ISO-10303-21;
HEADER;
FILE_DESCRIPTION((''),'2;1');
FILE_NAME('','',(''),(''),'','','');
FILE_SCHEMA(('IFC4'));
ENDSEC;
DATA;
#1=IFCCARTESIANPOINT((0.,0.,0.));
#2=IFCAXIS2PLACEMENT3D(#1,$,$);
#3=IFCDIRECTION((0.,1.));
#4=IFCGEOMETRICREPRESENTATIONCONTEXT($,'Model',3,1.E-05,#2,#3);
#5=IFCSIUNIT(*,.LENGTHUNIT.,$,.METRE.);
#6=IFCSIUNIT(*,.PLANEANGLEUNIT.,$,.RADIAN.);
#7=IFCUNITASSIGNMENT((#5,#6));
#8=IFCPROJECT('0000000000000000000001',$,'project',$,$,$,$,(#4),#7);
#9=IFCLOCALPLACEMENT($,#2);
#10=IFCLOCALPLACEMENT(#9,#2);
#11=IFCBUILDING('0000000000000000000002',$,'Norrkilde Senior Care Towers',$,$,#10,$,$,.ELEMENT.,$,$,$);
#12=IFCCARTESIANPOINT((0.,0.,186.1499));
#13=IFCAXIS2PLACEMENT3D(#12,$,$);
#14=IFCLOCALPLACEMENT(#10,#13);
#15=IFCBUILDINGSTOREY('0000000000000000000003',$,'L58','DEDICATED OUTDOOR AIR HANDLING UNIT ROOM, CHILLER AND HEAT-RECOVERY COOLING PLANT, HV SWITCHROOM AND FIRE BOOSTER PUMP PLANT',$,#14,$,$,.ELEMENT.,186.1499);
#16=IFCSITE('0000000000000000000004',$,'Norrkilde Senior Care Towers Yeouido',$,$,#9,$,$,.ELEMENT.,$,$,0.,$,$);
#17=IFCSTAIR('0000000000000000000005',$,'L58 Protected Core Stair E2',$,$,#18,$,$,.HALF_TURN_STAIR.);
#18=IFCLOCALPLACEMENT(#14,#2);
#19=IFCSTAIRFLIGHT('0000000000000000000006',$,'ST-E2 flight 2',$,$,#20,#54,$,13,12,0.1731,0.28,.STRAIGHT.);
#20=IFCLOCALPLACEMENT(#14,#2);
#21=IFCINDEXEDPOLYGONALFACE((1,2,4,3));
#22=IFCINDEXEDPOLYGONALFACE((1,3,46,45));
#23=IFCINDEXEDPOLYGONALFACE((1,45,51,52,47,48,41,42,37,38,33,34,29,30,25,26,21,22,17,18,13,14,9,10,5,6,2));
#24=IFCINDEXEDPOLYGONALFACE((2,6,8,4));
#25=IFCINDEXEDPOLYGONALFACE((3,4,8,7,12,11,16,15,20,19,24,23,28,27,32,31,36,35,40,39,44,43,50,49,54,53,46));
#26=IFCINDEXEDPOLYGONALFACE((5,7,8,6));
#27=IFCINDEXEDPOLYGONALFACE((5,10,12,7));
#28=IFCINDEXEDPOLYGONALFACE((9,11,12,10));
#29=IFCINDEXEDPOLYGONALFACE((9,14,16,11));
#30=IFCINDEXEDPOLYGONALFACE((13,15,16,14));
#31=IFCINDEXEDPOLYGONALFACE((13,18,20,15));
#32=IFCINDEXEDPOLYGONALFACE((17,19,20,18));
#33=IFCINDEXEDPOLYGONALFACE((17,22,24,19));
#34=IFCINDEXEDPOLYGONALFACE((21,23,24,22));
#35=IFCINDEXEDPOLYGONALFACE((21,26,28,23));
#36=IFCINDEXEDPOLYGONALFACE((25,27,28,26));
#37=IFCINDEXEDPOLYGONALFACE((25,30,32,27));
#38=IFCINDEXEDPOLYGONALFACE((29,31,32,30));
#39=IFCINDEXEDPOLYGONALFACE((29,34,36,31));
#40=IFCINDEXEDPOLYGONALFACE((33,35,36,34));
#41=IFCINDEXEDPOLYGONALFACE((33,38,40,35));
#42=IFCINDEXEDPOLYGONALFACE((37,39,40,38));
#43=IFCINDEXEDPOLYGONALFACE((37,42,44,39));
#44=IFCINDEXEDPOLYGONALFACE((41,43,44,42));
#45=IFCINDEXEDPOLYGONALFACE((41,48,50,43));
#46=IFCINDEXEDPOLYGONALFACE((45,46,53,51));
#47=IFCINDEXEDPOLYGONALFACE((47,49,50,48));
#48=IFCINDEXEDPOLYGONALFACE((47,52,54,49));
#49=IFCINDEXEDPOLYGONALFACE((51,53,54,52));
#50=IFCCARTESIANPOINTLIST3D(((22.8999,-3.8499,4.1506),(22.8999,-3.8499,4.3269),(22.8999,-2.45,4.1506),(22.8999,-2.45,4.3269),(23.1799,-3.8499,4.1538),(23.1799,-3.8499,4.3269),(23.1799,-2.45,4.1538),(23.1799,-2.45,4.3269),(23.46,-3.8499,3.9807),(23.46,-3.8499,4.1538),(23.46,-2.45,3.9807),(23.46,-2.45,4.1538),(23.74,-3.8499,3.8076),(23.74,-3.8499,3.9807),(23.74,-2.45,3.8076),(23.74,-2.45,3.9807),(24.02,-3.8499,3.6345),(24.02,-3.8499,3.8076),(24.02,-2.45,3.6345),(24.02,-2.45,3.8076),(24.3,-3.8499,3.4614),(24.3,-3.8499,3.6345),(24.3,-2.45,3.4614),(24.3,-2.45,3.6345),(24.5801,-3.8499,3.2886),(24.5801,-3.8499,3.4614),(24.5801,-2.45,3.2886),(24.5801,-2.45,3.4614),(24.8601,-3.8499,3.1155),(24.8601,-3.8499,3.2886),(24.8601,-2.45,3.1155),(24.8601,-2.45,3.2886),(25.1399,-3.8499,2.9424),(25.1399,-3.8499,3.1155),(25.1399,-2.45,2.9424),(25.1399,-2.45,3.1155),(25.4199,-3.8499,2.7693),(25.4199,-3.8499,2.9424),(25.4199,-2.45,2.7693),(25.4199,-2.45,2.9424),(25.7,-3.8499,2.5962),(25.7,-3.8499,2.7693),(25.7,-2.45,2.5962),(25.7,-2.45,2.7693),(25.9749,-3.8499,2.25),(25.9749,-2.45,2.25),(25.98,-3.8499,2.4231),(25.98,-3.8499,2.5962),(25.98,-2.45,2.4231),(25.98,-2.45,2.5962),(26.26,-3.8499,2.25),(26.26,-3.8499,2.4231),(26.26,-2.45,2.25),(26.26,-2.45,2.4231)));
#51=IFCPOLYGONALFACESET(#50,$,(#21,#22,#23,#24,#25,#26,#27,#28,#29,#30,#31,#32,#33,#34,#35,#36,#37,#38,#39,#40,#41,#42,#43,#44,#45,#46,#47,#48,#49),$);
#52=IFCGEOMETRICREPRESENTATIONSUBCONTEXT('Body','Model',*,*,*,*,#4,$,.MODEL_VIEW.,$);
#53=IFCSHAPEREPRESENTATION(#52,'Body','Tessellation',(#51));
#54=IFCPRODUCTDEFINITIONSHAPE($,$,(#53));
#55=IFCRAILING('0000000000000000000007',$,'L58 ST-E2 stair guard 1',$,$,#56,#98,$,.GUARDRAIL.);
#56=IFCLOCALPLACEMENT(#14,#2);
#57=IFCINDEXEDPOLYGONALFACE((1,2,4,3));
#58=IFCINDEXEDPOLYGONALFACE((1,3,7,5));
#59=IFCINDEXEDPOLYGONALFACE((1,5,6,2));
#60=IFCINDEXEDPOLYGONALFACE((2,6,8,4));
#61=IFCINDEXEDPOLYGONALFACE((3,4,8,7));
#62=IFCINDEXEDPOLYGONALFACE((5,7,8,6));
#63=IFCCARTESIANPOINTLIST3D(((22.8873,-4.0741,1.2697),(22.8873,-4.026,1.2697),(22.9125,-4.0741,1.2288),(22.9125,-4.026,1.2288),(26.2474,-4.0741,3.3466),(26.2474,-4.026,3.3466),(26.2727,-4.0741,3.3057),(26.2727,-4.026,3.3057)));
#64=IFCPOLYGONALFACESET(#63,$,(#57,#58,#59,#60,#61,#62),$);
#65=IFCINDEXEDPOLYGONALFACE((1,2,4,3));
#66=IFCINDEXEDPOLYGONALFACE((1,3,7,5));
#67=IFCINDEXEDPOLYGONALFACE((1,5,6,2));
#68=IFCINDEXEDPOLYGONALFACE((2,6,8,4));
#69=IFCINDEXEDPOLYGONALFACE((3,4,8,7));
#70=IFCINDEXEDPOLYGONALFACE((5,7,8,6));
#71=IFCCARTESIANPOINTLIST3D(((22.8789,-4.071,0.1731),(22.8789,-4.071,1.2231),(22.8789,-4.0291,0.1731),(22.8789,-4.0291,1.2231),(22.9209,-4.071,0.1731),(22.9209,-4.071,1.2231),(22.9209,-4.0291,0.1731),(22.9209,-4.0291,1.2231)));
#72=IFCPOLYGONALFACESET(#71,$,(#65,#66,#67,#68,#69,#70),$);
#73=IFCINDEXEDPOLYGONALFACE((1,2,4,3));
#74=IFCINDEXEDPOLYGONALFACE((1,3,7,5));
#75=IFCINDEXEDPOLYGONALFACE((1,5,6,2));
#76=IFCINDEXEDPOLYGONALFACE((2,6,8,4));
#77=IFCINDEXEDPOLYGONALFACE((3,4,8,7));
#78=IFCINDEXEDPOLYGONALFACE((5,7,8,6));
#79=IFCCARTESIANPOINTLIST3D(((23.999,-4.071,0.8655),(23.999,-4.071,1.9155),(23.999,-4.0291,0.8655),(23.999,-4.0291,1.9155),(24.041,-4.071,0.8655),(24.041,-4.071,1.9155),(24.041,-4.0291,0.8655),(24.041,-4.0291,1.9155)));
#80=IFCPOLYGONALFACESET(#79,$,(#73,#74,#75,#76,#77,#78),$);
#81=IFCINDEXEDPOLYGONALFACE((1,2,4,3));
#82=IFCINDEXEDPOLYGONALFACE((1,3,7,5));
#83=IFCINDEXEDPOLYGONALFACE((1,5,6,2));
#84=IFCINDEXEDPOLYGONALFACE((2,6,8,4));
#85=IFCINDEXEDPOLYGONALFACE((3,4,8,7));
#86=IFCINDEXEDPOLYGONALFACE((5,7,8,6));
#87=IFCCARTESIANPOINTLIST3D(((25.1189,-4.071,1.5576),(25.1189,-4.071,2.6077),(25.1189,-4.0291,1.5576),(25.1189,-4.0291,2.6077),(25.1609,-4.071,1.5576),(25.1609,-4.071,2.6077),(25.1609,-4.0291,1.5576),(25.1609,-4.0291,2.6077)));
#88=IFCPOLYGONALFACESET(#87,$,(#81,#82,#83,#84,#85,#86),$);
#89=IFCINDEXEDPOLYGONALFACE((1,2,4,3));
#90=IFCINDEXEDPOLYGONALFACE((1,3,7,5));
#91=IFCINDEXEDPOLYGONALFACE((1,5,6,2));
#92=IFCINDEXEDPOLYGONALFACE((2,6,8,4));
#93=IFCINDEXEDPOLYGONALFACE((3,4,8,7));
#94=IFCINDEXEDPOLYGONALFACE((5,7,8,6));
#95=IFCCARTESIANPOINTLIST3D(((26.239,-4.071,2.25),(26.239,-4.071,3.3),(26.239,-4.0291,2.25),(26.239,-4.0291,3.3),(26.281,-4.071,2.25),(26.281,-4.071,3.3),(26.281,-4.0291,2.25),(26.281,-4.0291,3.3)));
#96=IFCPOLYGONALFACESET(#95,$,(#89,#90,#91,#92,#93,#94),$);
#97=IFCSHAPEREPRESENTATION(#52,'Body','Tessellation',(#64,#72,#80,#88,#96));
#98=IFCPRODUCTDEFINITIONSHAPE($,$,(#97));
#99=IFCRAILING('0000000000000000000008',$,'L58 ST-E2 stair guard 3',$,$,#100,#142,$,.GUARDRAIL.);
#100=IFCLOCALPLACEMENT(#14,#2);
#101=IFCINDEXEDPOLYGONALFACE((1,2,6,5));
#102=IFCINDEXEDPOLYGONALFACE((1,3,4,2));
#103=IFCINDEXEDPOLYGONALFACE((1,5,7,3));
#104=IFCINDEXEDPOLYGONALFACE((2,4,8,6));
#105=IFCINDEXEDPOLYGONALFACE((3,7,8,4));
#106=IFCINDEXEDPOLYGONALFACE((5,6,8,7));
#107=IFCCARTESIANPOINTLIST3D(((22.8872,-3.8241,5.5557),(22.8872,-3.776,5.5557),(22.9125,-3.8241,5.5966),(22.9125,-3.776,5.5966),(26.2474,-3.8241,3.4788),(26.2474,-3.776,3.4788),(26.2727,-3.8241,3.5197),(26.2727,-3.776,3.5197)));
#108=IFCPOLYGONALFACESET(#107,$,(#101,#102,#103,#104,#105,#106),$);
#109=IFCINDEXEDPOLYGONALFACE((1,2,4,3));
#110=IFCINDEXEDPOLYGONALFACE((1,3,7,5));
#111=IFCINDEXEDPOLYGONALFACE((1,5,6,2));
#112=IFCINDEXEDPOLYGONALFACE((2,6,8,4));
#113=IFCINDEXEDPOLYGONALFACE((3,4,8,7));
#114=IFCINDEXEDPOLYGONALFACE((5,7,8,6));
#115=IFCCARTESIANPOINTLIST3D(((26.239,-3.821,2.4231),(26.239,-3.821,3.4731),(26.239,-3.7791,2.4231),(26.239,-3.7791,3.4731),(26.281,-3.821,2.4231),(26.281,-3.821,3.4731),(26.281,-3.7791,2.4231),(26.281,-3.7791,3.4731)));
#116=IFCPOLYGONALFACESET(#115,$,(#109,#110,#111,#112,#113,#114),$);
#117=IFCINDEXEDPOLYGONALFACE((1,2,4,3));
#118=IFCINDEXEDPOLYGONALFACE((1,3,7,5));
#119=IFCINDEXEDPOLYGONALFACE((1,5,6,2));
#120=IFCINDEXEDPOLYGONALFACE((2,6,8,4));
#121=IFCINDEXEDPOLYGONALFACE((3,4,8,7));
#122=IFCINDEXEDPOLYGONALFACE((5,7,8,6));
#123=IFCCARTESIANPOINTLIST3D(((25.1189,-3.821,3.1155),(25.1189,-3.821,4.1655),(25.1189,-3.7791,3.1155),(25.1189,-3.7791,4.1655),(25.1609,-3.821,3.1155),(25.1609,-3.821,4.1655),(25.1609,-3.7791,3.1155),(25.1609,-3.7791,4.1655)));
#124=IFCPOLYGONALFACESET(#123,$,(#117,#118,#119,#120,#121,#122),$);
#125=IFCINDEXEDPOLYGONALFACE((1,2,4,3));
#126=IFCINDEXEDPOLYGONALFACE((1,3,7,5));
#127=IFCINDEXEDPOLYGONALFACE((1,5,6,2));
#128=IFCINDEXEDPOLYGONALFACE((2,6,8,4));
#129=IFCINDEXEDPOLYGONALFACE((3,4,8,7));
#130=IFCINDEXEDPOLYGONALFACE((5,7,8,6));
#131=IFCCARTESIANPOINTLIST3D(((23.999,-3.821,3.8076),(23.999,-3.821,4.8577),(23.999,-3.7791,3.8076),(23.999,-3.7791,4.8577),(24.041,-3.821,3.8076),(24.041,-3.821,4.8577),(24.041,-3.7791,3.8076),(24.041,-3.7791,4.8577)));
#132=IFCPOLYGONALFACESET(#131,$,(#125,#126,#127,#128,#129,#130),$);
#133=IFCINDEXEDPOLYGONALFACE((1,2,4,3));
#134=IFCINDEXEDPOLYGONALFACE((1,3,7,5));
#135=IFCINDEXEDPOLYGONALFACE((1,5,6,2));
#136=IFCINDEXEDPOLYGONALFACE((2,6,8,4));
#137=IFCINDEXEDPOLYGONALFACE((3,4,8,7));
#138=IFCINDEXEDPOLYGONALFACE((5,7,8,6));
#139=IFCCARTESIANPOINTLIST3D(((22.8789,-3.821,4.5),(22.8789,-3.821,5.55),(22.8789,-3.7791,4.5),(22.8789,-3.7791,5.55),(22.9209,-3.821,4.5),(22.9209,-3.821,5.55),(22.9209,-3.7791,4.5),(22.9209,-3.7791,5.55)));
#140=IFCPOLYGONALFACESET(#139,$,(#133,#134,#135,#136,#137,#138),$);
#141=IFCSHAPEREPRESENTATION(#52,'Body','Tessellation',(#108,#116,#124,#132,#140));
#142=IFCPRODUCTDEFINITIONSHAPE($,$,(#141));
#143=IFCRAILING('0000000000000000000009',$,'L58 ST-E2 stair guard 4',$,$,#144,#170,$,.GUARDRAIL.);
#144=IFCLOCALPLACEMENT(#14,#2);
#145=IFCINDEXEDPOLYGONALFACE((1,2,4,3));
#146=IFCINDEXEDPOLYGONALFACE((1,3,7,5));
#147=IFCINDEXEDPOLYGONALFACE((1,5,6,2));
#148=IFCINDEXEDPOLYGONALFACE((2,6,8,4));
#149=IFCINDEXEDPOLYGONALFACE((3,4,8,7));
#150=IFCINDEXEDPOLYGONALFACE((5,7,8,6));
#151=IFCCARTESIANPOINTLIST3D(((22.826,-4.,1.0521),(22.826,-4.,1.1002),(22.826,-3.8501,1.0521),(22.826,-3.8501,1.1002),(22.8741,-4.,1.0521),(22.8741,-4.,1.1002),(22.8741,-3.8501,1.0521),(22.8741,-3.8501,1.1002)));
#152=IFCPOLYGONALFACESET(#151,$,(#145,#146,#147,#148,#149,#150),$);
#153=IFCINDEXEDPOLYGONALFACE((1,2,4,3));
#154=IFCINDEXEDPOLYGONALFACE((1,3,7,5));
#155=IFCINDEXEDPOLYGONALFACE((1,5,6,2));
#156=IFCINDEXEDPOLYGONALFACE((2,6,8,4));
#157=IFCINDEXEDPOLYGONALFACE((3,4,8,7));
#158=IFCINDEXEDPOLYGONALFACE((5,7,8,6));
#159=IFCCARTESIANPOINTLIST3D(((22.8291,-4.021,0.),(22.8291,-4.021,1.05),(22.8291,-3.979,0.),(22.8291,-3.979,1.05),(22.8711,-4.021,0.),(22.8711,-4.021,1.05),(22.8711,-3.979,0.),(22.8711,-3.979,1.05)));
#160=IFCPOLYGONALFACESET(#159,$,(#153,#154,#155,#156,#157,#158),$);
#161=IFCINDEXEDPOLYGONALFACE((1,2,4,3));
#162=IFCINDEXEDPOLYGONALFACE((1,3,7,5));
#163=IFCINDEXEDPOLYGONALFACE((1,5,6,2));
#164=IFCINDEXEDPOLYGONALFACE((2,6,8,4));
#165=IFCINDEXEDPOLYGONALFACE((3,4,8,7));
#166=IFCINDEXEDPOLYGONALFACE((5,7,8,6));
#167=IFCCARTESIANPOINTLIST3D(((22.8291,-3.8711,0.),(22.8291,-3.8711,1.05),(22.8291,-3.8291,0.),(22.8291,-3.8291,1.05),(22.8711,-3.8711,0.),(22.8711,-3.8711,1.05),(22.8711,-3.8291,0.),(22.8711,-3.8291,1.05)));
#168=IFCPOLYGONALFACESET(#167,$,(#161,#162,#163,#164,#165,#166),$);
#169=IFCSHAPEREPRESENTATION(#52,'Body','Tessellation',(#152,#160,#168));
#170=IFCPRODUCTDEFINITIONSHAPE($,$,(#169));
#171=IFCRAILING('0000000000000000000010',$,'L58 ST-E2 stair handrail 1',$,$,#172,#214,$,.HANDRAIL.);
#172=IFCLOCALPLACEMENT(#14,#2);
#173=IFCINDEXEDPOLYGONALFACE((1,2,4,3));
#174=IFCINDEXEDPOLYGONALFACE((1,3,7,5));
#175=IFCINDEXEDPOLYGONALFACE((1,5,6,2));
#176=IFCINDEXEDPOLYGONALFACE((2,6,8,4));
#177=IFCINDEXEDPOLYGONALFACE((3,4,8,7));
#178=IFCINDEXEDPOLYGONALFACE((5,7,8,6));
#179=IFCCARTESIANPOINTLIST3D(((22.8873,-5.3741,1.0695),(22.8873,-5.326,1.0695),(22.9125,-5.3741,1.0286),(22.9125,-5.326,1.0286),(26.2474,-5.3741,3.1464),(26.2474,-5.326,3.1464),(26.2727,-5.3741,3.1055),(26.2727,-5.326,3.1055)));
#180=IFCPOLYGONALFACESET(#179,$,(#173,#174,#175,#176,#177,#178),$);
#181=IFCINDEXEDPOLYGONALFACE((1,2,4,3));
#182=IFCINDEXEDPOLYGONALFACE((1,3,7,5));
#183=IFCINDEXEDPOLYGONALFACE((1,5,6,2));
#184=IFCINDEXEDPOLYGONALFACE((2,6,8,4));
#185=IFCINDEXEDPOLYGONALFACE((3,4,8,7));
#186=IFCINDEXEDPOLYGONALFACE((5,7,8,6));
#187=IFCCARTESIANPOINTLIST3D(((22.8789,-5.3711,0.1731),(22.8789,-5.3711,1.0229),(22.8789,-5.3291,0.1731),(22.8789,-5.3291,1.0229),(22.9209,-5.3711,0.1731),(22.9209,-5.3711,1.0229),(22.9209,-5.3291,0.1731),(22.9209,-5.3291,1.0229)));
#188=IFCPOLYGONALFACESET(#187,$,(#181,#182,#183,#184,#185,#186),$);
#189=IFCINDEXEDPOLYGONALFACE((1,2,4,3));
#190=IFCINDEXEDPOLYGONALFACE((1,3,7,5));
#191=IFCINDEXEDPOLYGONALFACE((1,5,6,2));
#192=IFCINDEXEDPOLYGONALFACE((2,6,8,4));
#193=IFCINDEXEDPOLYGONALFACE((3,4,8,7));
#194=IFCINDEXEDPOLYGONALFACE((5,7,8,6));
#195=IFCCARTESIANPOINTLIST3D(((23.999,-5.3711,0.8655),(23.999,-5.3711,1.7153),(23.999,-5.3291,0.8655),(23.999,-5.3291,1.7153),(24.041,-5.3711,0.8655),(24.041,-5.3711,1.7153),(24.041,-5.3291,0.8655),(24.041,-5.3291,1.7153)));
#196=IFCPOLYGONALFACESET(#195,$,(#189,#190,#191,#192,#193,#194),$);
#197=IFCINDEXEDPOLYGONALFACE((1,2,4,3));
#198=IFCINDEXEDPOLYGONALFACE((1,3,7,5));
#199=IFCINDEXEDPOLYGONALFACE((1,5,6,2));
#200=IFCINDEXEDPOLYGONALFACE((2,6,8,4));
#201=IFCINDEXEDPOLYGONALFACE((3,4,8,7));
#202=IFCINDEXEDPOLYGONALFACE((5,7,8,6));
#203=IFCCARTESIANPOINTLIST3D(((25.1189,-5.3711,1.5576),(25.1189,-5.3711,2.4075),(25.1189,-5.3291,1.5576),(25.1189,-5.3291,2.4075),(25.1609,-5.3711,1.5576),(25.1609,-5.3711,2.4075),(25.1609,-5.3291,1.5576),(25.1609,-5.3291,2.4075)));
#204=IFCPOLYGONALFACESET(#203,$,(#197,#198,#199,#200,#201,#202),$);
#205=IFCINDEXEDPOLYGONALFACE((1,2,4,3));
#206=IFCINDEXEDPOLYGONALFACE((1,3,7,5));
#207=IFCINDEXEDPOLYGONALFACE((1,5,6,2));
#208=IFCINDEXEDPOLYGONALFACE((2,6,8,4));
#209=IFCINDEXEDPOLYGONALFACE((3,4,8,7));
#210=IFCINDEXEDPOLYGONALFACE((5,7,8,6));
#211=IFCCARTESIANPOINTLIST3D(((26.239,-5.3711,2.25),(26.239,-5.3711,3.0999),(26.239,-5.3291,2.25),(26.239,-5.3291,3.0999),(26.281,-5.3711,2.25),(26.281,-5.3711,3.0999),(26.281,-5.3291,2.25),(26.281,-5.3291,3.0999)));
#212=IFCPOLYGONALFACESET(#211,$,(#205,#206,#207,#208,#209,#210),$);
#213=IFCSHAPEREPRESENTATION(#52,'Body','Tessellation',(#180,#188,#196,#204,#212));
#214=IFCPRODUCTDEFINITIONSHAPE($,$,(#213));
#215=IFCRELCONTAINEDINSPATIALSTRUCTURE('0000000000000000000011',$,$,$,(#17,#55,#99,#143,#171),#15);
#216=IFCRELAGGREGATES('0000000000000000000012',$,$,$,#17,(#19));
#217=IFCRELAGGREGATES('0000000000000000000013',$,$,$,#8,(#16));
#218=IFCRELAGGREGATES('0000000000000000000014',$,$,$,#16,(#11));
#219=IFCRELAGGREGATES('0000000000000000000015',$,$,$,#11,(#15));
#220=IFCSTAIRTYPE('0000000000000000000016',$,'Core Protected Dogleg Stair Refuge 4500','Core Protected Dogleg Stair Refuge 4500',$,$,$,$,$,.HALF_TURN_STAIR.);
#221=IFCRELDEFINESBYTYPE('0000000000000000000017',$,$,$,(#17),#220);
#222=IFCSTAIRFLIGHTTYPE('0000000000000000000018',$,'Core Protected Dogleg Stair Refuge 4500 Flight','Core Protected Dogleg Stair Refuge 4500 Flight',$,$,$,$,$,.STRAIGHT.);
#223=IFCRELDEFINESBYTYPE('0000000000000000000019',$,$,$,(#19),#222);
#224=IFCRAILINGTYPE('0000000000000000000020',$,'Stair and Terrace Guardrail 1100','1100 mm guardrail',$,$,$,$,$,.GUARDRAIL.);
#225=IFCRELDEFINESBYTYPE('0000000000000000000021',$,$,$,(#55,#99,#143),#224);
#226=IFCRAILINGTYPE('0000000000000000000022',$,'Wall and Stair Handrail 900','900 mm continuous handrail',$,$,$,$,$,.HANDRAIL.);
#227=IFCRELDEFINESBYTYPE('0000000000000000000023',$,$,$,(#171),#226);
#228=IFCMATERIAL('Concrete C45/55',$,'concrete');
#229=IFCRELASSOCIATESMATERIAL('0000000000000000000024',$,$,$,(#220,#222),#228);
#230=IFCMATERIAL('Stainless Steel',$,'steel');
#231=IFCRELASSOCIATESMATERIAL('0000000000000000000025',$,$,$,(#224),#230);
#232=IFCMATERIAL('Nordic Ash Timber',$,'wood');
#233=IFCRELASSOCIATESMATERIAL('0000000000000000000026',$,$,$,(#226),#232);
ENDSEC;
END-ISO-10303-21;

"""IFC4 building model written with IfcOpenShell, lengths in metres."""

from ifc_helpers import new_model, si_unit, direction, frame, origin, origin_2d, place, context, subcontext, project, spatial, polyline, rectangle, outline, extrude, material, type_object, element, aggregate, save


model = new_model("IFC4")

# Units and contexts
model_context = context("Model", 3, precision=1e-05, world=origin(), true_north=direction((0.0, 1.0)))
body_context = subcontext(model_context, "Body", "Model", "MODEL_VIEW")
ifc_project = project(units=[si_unit("LENGTHUNIT", "METRE"), si_unit("PLANEANGLEUNIT", "RADIAN")], contexts=[model_context])

# Site, building, storey
site_placement = place(None, origin())
site = spatial("IfcSite", under=ifc_project, at=site_placement, Name="Norrkilde Senior Care Towers Yeouido", CompositionType="ELEMENT", RefElevation=0.0)
building_placement = place(site_placement, origin())
building = spatial("IfcBuilding", under=site, at=building_placement, Name="Norrkilde Senior Care Towers", CompositionType="ELEMENT")
storey_placement = place(building_placement, frame((0.0, 0.0, 186.1499)))
storey = spatial("IfcBuildingStorey", under=building, at=storey_placement, Name="L58", Description="DEDICATED OUTDOOR AIR HANDLING UNIT ROOM, CHILLER AND HEAT-RECOVERY COOLING PLANT, HV SWITCHROOM AND FIRE BOOSTER PUMP PLANT", CompositionType="ELEMENT", Elevation=186.1499)

# Shared definitions
ifc_material_1 = material(Name="Concrete C45/55", Category="concrete")

# Stair, stair flight
stair_type = type_object("IfcStairType", Name="Core Protected Dogleg Stair Refuge 4500", Description="Core Protected Dogleg Stair Refuge 4500", PredefinedType="HALF_TURN_STAIR", material=ifc_material_1)
stair_placement = place(storey_placement, origin())
stair = element("IfcStair", 1, at=stair_placement, inside=storey, type_object=stair_type, Name="L58 Protected Core Stair E2", PredefinedType="HALF_TURN_STAIR")
stair_flight_type = type_object("IfcStairFlightType", Name="Core Protected Dogleg Stair Refuge 4500 Flight", Description="Core Protected Dogleg Stair Refuge 4500 Flight", PredefinedType="STRAIGHT", material=ifc_material_1)
stair_flight_1_placement = place(storey_placement, frame((26.26, -3.1499, 2.25), z_axis=(0.0, 0.0, 1.0), x_axis=(-1.0, 0.0, 0.0)))
stair_flight_1 = element("IfcStairFlight", 2, at=stair_flight_1_placement, type_object=stair_flight_type, Name="ST-E2 flight 2", NumberOfRisers=13, NumberOfTreads=12, PredefinedType="STRAIGHT", RiserHeight=0.1731, TreadLength=0.28, context=body_context, shape_type="SweptSolid", body=[
    extrude(outline(polyline([(0.0, 0.0), (0.0, 0.1731), (0.28, 0.1731), (0.28, 0.3462), (0.5601, 0.3462), (0.5601, 0.5193), (0.8401, 0.5193), (0.8401, 0.6924), (1.1201, 0.6924), (1.1201, 0.8655), (1.3999, 0.8655), (1.3999, 1.0386), (1.6799, 1.0386), (1.6799, 1.2114), (1.96, 1.2114), (1.96, 1.3845), (2.24, 1.3845), (2.24, 1.5576), (2.52, 1.5576), (2.52, 1.7307), (2.8, 1.7307), (2.8, 1.9038), (3.0801, 1.9038), (3.0801, 2.0769), (3.3601, 2.0769), (3.3601, 2.25), (3.3601, 1.9006), (0.2852, 0.0), (0.0, 0.0)])), frame((0.0, 0.7, 0.0), z_axis=(0.0, -1.0, 0.0), x_axis=(1.0, 0.0, 0.0)), (0.0, 0.0, 1.0), 1.3999),
])
aggregate(stair, [stair_flight_1])

# Railings
ifc_material_2 = material(Name="Stainless Steel", Category="steel")
railing_type_1 = type_object("IfcRailingType", Name="Stair and Terrace Guardrail 1100", Description="1100 mm guardrail", PredefinedType="GUARDRAIL", material=ifc_material_2)
railing_1_placement = place(storey_placement, frame((22.8999, -4.05, 0.1731)))
element("IfcRailing", 3, at=railing_1_placement, inside=storey, type_object=railing_type_1, Name="L58 ST-E2 stair guard 1", PredefinedType="GUARDRAIL", context=body_context, shape_type="SweptSolid", body=[
    extrude(rectangle(XDim=0.0481, YDim=0.0481, at=origin_2d()), frame((0.0, 0.0, 1.0762), z_axis=(0.850623, 0.0, 0.525776), x_axis=(0.0, 1.0, 0.0)), (0.0, 0.0, 1.0), 3.9502),
    extrude(rectangle(XDim=0.042, YDim=0.042, at=origin_2d()), origin(), (0.0, 0.0, 1.0), 1.05),
    extrude(rectangle(XDim=0.042, YDim=0.042, at=origin_2d()), frame((1.1201, 0.0, 0.6924)), (0.0, 0.0, 1.0), 1.05),
    extrude(rectangle(XDim=0.042, YDim=0.042, at=origin_2d()), frame((2.24, 0.0, 1.3845)), (0.0, 0.0, 1.0), 1.05),
    extrude(rectangle(XDim=0.042, YDim=0.042, at=origin_2d()), frame((3.3601, 0.0, 2.0769)), (0.0, 0.0, 1.0), 1.05),
])
railing_2_placement = place(storey_placement, frame((26.26, -3.8, 2.4231)))
element("IfcRailing", 4, at=railing_2_placement, inside=storey, type_object=railing_type_1, Name="L58 ST-E2 stair guard 3", PredefinedType="GUARDRAIL", context=body_context, shape_type="SweptSolid", body=[
    extrude(rectangle(XDim=0.0481, YDim=0.0481, at=origin_2d()), frame((0.0, 0.0, 1.0762), z_axis=(-0.850623, 0.0, 0.525776), x_axis=(0.0, -1.0, 0.0)), (0.0, 0.0, 1.0), 3.9502),
    extrude(rectangle(XDim=0.042, YDim=0.042, at=origin_2d()), origin(), (0.0, 0.0, 1.0), 1.05),
    extrude(rectangle(XDim=0.042, YDim=0.042, at=origin_2d()), frame((-1.1201, 0.0, 0.6924)), (0.0, 0.0, 1.0), 1.05),
    extrude(rectangle(XDim=0.042, YDim=0.042, at=origin_2d()), frame((-2.24, 0.0, 1.3845)), (0.0, 0.0, 1.0), 1.05),
    extrude(rectangle(XDim=0.042, YDim=0.042, at=origin_2d()), frame((-3.3601, 0.0, 2.0769)), (0.0, 0.0, 1.0), 1.05),
])
railing_3_placement = place(storey_placement, frame((22.8501, -4.0, 0.0)))
element("IfcRailing", 5, at=railing_3_placement, inside=storey, type_object=railing_type_1, Name="L58 ST-E2 stair guard 4", PredefinedType="GUARDRAIL", context=body_context, shape_type="SweptSolid", body=[
    extrude(rectangle(XDim=0.0481, YDim=0.0481, at=origin_2d()), frame((0.0, 0.0, 1.0762), z_axis=(0.0, 1.0, 0.0), x_axis=(-1.0, 0.0, 0.0)), (0.0, 0.0, 1.0), 0.1499),
    extrude(rectangle(XDim=0.042, YDim=0.042, at=origin_2d()), origin(), (0.0, 0.0, 1.0), 1.05),
    extrude(rectangle(XDim=0.042, YDim=0.042, at=origin_2d()), frame((0.0, 0.1499, 0.0)), (0.0, 0.0, 1.0), 1.05),
])
ifc_material_3 = material(Name="Nordic Ash Timber", Category="wood")
railing_type_2 = type_object("IfcRailingType", Name="Wall and Stair Handrail 900", Description="900 mm continuous handrail", PredefinedType="HANDRAIL", material=ifc_material_3)
railing_4_placement = place(storey_placement, frame((22.8999, -5.3501, 0.1731)))
element("IfcRailing", 6, at=railing_4_placement, inside=storey, type_object=railing_type_2, Name="L58 ST-E2 stair handrail 1", PredefinedType="HANDRAIL", context=body_context, shape_type="SweptSolid", body=[
    extrude(rectangle(XDim=0.0481, YDim=0.0481, at=origin_2d()), frame((0.0, 0.0, 0.876), z_axis=(0.850623, 0.0, 0.525776), x_axis=(0.0, 1.0, 0.0)), (0.0, 0.0, 1.0), 3.9502),
    extrude(rectangle(XDim=0.042, YDim=0.042, at=origin_2d()), origin(), (0.0, 0.0, 1.0), 0.8499),
    extrude(rectangle(XDim=0.042, YDim=0.042, at=origin_2d()), frame((1.1201, 0.0, 0.6924)), (0.0, 0.0, 1.0), 0.8499),
    extrude(rectangle(XDim=0.042, YDim=0.042, at=origin_2d()), frame((2.24, 0.0, 1.3845)), (0.0, 0.0, 1.0), 0.8499),
    extrude(rectangle(XDim=0.042, YDim=0.042, at=origin_2d()), frame((3.3601, 0.0, 2.0769)), (0.0, 0.0, 1.0), 0.8499),
])

save(model, "model.ifc")
